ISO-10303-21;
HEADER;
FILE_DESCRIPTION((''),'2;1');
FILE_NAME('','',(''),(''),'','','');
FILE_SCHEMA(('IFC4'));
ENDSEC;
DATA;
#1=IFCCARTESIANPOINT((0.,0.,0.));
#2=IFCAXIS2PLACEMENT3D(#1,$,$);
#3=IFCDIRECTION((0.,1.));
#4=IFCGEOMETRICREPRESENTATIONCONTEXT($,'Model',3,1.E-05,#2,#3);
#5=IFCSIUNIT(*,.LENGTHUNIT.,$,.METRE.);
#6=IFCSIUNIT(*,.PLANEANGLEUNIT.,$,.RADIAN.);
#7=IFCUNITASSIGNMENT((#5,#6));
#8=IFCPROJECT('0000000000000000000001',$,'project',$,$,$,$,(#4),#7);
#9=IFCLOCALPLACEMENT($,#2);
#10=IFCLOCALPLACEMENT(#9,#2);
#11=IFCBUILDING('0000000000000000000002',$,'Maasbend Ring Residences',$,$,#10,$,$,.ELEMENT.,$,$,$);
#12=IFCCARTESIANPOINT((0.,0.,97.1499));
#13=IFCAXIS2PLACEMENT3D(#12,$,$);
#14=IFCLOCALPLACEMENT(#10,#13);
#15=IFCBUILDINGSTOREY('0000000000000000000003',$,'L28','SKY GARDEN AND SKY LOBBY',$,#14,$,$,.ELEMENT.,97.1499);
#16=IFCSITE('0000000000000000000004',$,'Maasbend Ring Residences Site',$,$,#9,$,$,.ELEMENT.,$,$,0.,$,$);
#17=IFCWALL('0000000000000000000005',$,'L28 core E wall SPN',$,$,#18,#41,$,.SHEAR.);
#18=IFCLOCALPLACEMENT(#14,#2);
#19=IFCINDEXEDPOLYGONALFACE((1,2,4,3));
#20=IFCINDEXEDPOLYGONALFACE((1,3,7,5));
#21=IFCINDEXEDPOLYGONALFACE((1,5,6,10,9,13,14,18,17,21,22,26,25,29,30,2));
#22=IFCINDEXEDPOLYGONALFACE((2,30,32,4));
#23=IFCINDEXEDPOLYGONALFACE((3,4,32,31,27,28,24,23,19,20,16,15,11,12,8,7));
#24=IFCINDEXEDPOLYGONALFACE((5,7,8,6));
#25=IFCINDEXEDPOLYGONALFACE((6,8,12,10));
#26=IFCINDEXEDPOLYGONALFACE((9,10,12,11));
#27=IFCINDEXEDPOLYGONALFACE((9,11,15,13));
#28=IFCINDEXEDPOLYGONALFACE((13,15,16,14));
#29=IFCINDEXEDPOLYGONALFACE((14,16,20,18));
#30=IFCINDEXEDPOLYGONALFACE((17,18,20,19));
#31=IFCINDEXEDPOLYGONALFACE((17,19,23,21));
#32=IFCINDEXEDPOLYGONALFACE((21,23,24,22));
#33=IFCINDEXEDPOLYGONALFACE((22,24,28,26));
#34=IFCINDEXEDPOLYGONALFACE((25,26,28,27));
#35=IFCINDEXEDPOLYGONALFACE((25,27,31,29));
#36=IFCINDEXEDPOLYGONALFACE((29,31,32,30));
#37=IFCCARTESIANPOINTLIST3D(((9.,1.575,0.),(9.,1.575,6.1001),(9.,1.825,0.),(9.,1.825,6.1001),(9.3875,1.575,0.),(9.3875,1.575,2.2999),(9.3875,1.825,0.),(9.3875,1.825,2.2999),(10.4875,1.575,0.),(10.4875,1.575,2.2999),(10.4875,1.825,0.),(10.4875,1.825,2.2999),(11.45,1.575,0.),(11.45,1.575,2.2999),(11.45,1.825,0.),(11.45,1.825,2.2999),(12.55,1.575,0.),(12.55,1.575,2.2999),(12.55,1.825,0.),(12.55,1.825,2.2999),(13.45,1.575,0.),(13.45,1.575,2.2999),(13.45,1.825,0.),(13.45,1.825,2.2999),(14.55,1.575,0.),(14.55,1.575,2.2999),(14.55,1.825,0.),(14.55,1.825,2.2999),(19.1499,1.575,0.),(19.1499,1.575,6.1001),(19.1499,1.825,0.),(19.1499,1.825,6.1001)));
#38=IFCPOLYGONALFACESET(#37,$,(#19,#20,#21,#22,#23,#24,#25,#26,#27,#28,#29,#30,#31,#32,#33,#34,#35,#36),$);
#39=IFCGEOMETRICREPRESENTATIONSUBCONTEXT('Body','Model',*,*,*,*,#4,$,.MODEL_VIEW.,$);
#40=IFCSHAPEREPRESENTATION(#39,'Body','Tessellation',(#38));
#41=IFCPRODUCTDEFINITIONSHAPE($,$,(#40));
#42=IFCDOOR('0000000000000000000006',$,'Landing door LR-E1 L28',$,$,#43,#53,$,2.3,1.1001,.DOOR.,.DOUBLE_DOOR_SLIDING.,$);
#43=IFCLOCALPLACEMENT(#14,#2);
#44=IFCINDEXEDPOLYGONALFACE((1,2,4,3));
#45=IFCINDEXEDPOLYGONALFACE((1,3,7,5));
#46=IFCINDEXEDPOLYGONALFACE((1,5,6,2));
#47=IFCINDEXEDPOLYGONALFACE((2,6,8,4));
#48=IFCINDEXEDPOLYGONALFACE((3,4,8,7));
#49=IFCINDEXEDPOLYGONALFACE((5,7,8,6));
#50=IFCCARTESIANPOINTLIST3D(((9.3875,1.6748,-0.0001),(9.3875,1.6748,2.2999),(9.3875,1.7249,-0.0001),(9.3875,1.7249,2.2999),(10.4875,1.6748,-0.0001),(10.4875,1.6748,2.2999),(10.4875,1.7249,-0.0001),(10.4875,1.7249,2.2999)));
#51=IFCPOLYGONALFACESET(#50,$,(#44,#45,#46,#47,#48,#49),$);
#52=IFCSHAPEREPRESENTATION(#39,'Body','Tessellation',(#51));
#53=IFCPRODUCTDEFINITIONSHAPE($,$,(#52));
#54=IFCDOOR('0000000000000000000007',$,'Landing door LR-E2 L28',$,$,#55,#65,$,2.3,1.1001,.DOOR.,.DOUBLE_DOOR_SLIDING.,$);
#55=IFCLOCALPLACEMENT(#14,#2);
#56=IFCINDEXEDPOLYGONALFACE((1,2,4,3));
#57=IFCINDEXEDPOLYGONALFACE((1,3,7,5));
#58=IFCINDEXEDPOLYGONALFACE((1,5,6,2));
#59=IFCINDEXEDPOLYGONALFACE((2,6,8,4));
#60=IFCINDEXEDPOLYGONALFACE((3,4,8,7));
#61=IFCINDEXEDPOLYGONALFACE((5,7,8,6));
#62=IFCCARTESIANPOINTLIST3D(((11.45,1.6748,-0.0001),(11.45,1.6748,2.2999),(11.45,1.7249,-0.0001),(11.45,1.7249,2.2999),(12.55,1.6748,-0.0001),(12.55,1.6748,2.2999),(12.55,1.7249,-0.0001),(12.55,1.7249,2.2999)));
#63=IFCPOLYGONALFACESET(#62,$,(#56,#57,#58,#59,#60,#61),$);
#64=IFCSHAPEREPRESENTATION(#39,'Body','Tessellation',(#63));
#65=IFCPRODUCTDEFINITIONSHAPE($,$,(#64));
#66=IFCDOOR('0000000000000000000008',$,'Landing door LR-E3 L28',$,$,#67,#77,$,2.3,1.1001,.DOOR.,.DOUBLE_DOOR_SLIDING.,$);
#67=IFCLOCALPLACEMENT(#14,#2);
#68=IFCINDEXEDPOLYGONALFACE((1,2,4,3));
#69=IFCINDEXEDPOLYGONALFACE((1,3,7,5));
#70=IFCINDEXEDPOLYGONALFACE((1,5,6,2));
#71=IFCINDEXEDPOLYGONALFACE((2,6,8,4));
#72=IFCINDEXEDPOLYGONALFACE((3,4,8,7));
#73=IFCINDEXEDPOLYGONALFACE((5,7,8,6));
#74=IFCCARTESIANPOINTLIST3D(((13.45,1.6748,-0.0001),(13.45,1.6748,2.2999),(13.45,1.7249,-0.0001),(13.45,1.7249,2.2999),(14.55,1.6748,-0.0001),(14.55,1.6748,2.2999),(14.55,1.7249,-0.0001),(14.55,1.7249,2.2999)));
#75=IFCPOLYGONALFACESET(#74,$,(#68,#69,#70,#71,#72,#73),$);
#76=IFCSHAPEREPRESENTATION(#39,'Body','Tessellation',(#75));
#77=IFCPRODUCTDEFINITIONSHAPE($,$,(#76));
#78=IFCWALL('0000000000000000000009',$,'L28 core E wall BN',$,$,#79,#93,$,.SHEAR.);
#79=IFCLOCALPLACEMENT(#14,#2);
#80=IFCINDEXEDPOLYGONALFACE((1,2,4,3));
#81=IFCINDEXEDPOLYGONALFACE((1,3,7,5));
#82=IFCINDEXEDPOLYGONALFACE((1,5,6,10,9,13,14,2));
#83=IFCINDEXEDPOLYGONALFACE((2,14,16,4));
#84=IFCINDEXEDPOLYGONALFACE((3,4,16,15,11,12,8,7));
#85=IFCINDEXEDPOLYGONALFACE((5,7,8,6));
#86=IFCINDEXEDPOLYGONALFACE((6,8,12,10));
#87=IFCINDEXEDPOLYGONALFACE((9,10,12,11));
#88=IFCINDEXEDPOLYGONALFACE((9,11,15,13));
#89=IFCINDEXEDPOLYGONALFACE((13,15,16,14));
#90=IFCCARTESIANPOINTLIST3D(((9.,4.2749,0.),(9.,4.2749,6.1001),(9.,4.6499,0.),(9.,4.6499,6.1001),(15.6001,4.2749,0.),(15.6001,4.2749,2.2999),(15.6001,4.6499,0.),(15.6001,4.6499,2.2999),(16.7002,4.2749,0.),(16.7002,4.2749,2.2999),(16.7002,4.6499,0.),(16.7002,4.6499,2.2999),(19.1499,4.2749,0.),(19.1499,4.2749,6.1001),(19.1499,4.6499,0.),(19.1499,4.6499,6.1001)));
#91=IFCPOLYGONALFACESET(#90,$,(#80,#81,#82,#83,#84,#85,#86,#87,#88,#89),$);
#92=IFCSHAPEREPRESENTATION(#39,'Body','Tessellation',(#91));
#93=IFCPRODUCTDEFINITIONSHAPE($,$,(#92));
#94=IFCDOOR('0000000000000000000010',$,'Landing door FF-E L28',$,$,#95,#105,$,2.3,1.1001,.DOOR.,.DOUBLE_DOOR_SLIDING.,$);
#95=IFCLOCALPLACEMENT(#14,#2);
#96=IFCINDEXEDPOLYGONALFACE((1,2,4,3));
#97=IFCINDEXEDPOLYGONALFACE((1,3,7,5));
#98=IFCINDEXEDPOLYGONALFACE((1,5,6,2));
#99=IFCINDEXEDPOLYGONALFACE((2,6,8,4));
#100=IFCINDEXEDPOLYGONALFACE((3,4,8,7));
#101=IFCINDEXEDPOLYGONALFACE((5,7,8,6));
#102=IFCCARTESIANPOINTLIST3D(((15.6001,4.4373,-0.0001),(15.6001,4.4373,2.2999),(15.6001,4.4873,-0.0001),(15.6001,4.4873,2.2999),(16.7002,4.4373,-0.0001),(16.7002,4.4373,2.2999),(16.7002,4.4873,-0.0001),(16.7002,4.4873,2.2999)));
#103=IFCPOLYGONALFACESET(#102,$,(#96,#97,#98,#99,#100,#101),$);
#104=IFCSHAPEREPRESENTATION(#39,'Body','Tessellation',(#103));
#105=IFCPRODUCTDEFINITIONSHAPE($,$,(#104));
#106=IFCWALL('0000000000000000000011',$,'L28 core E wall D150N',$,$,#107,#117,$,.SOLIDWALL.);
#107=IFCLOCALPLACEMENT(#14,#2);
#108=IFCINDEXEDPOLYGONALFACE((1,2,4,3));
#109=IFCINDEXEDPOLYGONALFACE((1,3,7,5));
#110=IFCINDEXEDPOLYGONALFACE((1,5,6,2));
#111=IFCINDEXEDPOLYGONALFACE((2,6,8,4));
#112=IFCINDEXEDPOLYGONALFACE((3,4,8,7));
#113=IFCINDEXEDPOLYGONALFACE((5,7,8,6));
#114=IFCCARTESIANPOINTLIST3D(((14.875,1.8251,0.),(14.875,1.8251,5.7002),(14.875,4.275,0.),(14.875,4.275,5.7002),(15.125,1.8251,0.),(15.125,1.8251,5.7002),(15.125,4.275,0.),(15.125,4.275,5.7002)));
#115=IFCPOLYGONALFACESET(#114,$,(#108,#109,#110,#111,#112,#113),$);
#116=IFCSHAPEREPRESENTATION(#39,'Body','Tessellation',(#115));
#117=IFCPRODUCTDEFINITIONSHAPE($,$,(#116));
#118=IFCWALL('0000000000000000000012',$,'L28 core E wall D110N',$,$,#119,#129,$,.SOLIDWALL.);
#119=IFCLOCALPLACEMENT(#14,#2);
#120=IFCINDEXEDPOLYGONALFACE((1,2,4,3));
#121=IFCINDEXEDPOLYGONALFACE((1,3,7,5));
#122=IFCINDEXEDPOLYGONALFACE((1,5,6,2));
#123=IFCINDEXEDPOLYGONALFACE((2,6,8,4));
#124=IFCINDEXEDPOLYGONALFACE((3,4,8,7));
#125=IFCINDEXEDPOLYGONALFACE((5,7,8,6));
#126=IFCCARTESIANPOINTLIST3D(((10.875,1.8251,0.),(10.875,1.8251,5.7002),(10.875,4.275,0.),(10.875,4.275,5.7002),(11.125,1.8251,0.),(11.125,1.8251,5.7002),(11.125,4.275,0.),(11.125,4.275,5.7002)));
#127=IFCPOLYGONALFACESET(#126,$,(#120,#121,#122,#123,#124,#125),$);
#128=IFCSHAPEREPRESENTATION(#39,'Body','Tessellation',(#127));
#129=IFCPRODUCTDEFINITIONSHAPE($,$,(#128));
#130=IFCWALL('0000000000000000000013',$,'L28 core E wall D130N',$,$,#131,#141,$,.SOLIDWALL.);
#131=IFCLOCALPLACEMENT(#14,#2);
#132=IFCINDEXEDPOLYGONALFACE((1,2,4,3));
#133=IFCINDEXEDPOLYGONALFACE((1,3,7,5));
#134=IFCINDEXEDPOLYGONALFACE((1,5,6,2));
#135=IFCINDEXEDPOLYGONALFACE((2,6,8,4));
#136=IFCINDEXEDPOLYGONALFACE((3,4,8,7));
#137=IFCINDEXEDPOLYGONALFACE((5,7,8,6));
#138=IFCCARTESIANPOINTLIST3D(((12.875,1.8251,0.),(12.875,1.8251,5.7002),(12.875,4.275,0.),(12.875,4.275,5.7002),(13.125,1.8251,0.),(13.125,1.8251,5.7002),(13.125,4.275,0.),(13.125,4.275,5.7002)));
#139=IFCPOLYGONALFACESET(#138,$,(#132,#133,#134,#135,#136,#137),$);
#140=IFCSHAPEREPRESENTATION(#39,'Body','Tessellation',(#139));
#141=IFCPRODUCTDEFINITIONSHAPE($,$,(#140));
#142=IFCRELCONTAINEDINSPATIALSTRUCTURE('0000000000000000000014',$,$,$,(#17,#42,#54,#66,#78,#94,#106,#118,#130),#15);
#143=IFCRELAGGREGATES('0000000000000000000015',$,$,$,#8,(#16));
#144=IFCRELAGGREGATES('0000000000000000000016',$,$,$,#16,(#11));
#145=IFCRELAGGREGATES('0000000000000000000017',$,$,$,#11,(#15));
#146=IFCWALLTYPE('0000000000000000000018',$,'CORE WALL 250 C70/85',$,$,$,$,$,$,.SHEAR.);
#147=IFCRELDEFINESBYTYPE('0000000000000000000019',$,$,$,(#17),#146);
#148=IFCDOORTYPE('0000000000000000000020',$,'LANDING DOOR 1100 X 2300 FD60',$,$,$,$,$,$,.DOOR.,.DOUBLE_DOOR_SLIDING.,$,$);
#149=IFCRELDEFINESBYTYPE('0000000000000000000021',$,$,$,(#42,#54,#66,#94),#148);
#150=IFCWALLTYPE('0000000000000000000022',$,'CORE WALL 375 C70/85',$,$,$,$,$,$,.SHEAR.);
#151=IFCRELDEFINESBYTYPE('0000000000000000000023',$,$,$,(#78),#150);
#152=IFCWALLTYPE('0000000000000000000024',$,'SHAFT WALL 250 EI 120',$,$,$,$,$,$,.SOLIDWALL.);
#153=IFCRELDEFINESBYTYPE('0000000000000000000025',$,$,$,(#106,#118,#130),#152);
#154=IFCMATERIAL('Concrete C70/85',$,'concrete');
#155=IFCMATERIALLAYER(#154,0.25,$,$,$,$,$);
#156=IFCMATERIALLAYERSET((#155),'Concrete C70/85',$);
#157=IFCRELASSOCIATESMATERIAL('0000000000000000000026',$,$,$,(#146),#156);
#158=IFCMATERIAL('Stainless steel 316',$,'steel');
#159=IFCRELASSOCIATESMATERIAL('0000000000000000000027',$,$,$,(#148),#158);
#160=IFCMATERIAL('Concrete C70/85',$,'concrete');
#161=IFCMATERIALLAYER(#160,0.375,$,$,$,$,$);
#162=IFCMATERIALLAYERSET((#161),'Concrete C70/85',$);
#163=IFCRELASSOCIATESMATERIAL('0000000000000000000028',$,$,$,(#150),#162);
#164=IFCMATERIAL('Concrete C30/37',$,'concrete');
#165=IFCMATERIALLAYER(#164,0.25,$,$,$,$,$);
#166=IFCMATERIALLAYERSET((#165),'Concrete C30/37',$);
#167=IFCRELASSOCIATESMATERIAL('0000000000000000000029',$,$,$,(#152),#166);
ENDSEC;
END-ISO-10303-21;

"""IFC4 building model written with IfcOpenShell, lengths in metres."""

from ifc_helpers import new_model, si_unit, direction, frame, frame_2d, origin, place, context, subcontext, project, spatial, rectangle, extrude, material, layer, layer_set, type_object, element, fill, save


model = new_model("IFC4")

# Units and contexts
model_context = context("Model", 3, precision=1e-05, world=origin(), true_north=direction((0.0, 1.0)))
body_context = subcontext(model_context, "Body", "Model", "MODEL_VIEW")
ifc_project = project(units=[si_unit("LENGTHUNIT", "METRE"), si_unit("PLANEANGLEUNIT", "RADIAN")], contexts=[model_context])

# Site, building, storey
site_placement = place(None, origin())
site = spatial("IfcSite", under=ifc_project, at=site_placement, Name="Maasbend Ring Residences Site", CompositionType="ELEMENT", RefElevation=0.0)
building_placement = place(site_placement, origin())
building = spatial("IfcBuilding", under=site, at=building_placement, Name="Maasbend Ring Residences", CompositionType="ELEMENT")
storey_placement = place(building_placement, frame((0.0, 0.0, 97.1499)))
storey = spatial("IfcBuildingStorey", under=building, at=storey_placement, Name="L28", Description="SKY GARDEN AND SKY LOBBY", CompositionType="ELEMENT", Elevation=97.1499)

# Wall, openings, doors
ifc_material_1 = material(Name="Concrete C70/85", Category="concrete")
ifc_layer_1 = layer(ifc_material_1, 0.25)
ifc_layer_set_1 = layer_set([ifc_layer_1], Name="Concrete C70/85")
wall_type_1 = type_object("IfcWallType", Name="CORE WALL 250 C70/85", PredefinedType="SHEAR", material=ifc_layer_set_1)
wall_1_placement = place(storey_placement, frame((9.0, 1.7, 0.0), z_axis=(0.0, 0.0, 1.0), x_axis=(1.0, 0.0, 0.0)))
wall_1 = element("IfcWall", 1, at=wall_1_placement, inside=storey, type_object=wall_type_1, Name="L28 core E wall SPN", PredefinedType="SHEAR", context=body_context, shape_type="SweptSolid", body=[
    extrude(rectangle(XDim=10.1499, YDim=0.25, at=frame_2d((5.075, 0.0))), origin(), (0.0, 0.0, 1.0), 6.1001),
])
opening_1_placement = place(wall_1_placement, frame((0.3875, 0.0, 0.0)))
opening_1 = element("IfcOpeningElement", 2, at=opening_1_placement, cuts=wall_1, PredefinedType="OPENING", context=body_context, shape_type="SweptSolid", body=[
    extrude(rectangle(XDim=1.1001, YDim=2.3, at=frame_2d((0.55, 1.1499))), frame((0.0, 0.135, 0.0), z_axis=(0.0, -1.0, 0.0), x_axis=(1.0, 0.0, 0.0)), (0.0, 0.0, 1.0), 0.27),
])
opening_2_placement = place(wall_1_placement, frame((2.45, 0.0, 0.0)))
opening_2 = element("IfcOpeningElement", 3, at=opening_2_placement, cuts=wall_1, PredefinedType="OPENING", context=body_context, shape_type="SweptSolid", body=[
    extrude(rectangle(XDim=1.1001, YDim=2.3, at=frame_2d((0.55, 1.1499))), frame((0.0, 0.135, 0.0), z_axis=(0.0, -1.0, 0.0), x_axis=(1.0, 0.0, 0.0)), (0.0, 0.0, 1.0), 0.27),
])
opening_3_placement = place(wall_1_placement, frame((4.45, 0.0, 0.0)))
opening_3 = element("IfcOpeningElement", 4, at=opening_3_placement, cuts=wall_1, PredefinedType="OPENING", context=body_context, shape_type="SweptSolid", body=[
    extrude(rectangle(XDim=1.1001, YDim=2.3, at=frame_2d((0.55, 1.1499))), frame((0.0, 0.135, 0.0), z_axis=(0.0, -1.0, 0.0), x_axis=(1.0, 0.0, 0.0)), (0.0, 0.0, 1.0), 0.27),
])
ifc_material_2 = material(Name="Stainless steel 316", Category="steel")
door_type = type_object("IfcDoorType", Name="LANDING DOOR 1100 X 2300 FD60", OperationType="DOUBLE_DOOR_SLIDING", PredefinedType="DOOR", material=ifc_material_2)
door_1_placement = place(opening_1_placement, origin())
door_1 = element("IfcDoor", 5, at=door_1_placement, inside=storey, type_object=door_type, Name="Landing door LR-E1 L28", OperationType="DOUBLE_DOOR_SLIDING", OverallHeight=2.3, OverallWidth=1.1001, PredefinedType="DOOR", context=body_context, shape_type="SweptSolid", body=[
    extrude(rectangle(XDim=1.1001, YDim=2.3, at=frame_2d((0.55, 1.1499))), frame((0.0, 0.0249, 0.0), z_axis=(0.0, -1.0, 0.0), x_axis=(1.0, 0.0, 0.0)), (0.0, 0.0, 1.0), 0.05),
])
fill(opening_1, door_1)
door_2_placement = place(opening_2_placement, origin())
door_2 = element("IfcDoor", 6, at=door_2_placement, inside=storey, type_object=door_type, Name="Landing door LR-E2 L28", OperationType="DOUBLE_DOOR_SLIDING", OverallHeight=2.3, OverallWidth=1.1001, PredefinedType="DOOR", context=body_context, shape_type="SweptSolid", body=[
    extrude(rectangle(XDim=1.1001, YDim=2.3, at=frame_2d((0.55, 1.1499))), frame((0.0, 0.0249, 0.0), z_axis=(0.0, -1.0, 0.0), x_axis=(1.0, 0.0, 0.0)), (0.0, 0.0, 1.0), 0.05),
])
fill(opening_2, door_2)
door_3_placement = place(opening_3_placement, origin())
door_3 = element("IfcDoor", 7, at=door_3_placement, inside=storey, type_object=door_type, Name="Landing door LR-E3 L28", OperationType="DOUBLE_DOOR_SLIDING", OverallHeight=2.3, OverallWidth=1.1001, PredefinedType="DOOR", context=body_context, shape_type="SweptSolid", body=[
    extrude(rectangle(XDim=1.1001, YDim=2.3, at=frame_2d((0.55, 1.1499))), frame((0.0, 0.0249, 0.0), z_axis=(0.0, -1.0, 0.0), x_axis=(1.0, 0.0, 0.0)), (0.0, 0.0, 1.0), 0.05),
])
fill(opening_3, door_3)

# Wall, opening, door
ifc_material_3 = material(Name="Concrete C70/85", Category="concrete")
ifc_layer_2 = layer(ifc_material_3, 0.375)
ifc_layer_set_2 = layer_set([ifc_layer_2], Name="Concrete C70/85")
wall_type_2 = type_object("IfcWallType", Name="CORE WALL 375 C70/85", PredefinedType="SHEAR", material=ifc_layer_set_2)
wall_2_placement = place(storey_placement, frame((9.0, 4.4624, 0.0), z_axis=(0.0, 0.0, 1.0), x_axis=(1.0, 0.0, 0.0)))
wall_2 = element("IfcWall", 8, at=wall_2_placement, inside=storey, type_object=wall_type_2, Name="L28 core E wall BN", PredefinedType="SHEAR", context=body_context, shape_type="SweptSolid", body=[
    extrude(rectangle(XDim=10.1499, YDim=0.375, at=frame_2d((5.075, 0.0))), origin(), (0.0, 0.0, 1.0), 6.1001),
])
opening_4_placement = place(wall_2_placement, frame((6.6001, 0.0, 0.0)))
opening_4 = element("IfcOpeningElement", 9, at=opening_4_placement, cuts=wall_2, PredefinedType="OPENING", context=body_context, shape_type="SweptSolid", body=[
    extrude(rectangle(XDim=1.1001, YDim=2.3, at=frame_2d((0.55, 1.1499))), frame((0.0, 0.1975, 0.0), z_axis=(0.0, -1.0, 0.0), x_axis=(1.0, 0.0, 0.0)), (0.0, 0.0, 1.0), 0.395),
])
door_4_placement = place(opening_4_placement, origin())
door_4 = element("IfcDoor", 10, at=door_4_placement, inside=storey, type_object=door_type, Name="Landing door FF-E L28", OperationType="DOUBLE_DOOR_SLIDING", OverallHeight=2.3, OverallWidth=1.1001, PredefinedType="DOOR", context=body_context, shape_type="SweptSolid", body=[
    extrude(rectangle(XDim=1.1001, YDim=2.3, at=frame_2d((0.55, 1.1499))), frame((0.0, 0.0249, 0.0), z_axis=(0.0, -1.0, 0.0), x_axis=(1.0, 0.0, 0.0)), (0.0, 0.0, 1.0), 0.05),
])
fill(opening_4, door_4)

# Walls
ifc_material_4 = material(Name="Concrete C30/37", Category="concrete")
ifc_layer_3 = layer(ifc_material_4, 0.25)
ifc_layer_set_3 = layer_set([ifc_layer_3], Name="Concrete C30/37")
wall_type_3 = type_object("IfcWallType", Name="SHAFT WALL 250 EI 120", PredefinedType="SOLIDWALL", material=ifc_layer_set_3)
for number, where, z_axis, x_axis, name in (
    (11, (15.0, 1.825, 0.0), (0.0, 0.0, 1.0), (0.0, 1.0, 0.0), "L28 core E wall D150N"),
    (12, (11.0, 1.825, 0.0), (0.0, 0.0, 1.0), (0.0, 1.0, 0.0), "L28 core E wall D110N"),
    (13, (13.0, 1.825, 0.0), (0.0, 0.0, 1.0), (0.0, 1.0, 0.0), "L28 core E wall D130N"),
):
    element("IfcWall", number, at=place(storey_placement, frame(where, z_axis=z_axis, x_axis=x_axis)), inside=storey, type_object=wall_type_3, Name=name, PredefinedType="SOLIDWALL", context=body_context, shape_type="SweptSolid", body=[
        extrude(rectangle(XDim=2.45, YDim=0.25, at=frame_2d((1.2251, 0.0))), origin(), (0.0, 0.0, 1.0), 5.7002),
    ])

save(model, "model.ifc")
